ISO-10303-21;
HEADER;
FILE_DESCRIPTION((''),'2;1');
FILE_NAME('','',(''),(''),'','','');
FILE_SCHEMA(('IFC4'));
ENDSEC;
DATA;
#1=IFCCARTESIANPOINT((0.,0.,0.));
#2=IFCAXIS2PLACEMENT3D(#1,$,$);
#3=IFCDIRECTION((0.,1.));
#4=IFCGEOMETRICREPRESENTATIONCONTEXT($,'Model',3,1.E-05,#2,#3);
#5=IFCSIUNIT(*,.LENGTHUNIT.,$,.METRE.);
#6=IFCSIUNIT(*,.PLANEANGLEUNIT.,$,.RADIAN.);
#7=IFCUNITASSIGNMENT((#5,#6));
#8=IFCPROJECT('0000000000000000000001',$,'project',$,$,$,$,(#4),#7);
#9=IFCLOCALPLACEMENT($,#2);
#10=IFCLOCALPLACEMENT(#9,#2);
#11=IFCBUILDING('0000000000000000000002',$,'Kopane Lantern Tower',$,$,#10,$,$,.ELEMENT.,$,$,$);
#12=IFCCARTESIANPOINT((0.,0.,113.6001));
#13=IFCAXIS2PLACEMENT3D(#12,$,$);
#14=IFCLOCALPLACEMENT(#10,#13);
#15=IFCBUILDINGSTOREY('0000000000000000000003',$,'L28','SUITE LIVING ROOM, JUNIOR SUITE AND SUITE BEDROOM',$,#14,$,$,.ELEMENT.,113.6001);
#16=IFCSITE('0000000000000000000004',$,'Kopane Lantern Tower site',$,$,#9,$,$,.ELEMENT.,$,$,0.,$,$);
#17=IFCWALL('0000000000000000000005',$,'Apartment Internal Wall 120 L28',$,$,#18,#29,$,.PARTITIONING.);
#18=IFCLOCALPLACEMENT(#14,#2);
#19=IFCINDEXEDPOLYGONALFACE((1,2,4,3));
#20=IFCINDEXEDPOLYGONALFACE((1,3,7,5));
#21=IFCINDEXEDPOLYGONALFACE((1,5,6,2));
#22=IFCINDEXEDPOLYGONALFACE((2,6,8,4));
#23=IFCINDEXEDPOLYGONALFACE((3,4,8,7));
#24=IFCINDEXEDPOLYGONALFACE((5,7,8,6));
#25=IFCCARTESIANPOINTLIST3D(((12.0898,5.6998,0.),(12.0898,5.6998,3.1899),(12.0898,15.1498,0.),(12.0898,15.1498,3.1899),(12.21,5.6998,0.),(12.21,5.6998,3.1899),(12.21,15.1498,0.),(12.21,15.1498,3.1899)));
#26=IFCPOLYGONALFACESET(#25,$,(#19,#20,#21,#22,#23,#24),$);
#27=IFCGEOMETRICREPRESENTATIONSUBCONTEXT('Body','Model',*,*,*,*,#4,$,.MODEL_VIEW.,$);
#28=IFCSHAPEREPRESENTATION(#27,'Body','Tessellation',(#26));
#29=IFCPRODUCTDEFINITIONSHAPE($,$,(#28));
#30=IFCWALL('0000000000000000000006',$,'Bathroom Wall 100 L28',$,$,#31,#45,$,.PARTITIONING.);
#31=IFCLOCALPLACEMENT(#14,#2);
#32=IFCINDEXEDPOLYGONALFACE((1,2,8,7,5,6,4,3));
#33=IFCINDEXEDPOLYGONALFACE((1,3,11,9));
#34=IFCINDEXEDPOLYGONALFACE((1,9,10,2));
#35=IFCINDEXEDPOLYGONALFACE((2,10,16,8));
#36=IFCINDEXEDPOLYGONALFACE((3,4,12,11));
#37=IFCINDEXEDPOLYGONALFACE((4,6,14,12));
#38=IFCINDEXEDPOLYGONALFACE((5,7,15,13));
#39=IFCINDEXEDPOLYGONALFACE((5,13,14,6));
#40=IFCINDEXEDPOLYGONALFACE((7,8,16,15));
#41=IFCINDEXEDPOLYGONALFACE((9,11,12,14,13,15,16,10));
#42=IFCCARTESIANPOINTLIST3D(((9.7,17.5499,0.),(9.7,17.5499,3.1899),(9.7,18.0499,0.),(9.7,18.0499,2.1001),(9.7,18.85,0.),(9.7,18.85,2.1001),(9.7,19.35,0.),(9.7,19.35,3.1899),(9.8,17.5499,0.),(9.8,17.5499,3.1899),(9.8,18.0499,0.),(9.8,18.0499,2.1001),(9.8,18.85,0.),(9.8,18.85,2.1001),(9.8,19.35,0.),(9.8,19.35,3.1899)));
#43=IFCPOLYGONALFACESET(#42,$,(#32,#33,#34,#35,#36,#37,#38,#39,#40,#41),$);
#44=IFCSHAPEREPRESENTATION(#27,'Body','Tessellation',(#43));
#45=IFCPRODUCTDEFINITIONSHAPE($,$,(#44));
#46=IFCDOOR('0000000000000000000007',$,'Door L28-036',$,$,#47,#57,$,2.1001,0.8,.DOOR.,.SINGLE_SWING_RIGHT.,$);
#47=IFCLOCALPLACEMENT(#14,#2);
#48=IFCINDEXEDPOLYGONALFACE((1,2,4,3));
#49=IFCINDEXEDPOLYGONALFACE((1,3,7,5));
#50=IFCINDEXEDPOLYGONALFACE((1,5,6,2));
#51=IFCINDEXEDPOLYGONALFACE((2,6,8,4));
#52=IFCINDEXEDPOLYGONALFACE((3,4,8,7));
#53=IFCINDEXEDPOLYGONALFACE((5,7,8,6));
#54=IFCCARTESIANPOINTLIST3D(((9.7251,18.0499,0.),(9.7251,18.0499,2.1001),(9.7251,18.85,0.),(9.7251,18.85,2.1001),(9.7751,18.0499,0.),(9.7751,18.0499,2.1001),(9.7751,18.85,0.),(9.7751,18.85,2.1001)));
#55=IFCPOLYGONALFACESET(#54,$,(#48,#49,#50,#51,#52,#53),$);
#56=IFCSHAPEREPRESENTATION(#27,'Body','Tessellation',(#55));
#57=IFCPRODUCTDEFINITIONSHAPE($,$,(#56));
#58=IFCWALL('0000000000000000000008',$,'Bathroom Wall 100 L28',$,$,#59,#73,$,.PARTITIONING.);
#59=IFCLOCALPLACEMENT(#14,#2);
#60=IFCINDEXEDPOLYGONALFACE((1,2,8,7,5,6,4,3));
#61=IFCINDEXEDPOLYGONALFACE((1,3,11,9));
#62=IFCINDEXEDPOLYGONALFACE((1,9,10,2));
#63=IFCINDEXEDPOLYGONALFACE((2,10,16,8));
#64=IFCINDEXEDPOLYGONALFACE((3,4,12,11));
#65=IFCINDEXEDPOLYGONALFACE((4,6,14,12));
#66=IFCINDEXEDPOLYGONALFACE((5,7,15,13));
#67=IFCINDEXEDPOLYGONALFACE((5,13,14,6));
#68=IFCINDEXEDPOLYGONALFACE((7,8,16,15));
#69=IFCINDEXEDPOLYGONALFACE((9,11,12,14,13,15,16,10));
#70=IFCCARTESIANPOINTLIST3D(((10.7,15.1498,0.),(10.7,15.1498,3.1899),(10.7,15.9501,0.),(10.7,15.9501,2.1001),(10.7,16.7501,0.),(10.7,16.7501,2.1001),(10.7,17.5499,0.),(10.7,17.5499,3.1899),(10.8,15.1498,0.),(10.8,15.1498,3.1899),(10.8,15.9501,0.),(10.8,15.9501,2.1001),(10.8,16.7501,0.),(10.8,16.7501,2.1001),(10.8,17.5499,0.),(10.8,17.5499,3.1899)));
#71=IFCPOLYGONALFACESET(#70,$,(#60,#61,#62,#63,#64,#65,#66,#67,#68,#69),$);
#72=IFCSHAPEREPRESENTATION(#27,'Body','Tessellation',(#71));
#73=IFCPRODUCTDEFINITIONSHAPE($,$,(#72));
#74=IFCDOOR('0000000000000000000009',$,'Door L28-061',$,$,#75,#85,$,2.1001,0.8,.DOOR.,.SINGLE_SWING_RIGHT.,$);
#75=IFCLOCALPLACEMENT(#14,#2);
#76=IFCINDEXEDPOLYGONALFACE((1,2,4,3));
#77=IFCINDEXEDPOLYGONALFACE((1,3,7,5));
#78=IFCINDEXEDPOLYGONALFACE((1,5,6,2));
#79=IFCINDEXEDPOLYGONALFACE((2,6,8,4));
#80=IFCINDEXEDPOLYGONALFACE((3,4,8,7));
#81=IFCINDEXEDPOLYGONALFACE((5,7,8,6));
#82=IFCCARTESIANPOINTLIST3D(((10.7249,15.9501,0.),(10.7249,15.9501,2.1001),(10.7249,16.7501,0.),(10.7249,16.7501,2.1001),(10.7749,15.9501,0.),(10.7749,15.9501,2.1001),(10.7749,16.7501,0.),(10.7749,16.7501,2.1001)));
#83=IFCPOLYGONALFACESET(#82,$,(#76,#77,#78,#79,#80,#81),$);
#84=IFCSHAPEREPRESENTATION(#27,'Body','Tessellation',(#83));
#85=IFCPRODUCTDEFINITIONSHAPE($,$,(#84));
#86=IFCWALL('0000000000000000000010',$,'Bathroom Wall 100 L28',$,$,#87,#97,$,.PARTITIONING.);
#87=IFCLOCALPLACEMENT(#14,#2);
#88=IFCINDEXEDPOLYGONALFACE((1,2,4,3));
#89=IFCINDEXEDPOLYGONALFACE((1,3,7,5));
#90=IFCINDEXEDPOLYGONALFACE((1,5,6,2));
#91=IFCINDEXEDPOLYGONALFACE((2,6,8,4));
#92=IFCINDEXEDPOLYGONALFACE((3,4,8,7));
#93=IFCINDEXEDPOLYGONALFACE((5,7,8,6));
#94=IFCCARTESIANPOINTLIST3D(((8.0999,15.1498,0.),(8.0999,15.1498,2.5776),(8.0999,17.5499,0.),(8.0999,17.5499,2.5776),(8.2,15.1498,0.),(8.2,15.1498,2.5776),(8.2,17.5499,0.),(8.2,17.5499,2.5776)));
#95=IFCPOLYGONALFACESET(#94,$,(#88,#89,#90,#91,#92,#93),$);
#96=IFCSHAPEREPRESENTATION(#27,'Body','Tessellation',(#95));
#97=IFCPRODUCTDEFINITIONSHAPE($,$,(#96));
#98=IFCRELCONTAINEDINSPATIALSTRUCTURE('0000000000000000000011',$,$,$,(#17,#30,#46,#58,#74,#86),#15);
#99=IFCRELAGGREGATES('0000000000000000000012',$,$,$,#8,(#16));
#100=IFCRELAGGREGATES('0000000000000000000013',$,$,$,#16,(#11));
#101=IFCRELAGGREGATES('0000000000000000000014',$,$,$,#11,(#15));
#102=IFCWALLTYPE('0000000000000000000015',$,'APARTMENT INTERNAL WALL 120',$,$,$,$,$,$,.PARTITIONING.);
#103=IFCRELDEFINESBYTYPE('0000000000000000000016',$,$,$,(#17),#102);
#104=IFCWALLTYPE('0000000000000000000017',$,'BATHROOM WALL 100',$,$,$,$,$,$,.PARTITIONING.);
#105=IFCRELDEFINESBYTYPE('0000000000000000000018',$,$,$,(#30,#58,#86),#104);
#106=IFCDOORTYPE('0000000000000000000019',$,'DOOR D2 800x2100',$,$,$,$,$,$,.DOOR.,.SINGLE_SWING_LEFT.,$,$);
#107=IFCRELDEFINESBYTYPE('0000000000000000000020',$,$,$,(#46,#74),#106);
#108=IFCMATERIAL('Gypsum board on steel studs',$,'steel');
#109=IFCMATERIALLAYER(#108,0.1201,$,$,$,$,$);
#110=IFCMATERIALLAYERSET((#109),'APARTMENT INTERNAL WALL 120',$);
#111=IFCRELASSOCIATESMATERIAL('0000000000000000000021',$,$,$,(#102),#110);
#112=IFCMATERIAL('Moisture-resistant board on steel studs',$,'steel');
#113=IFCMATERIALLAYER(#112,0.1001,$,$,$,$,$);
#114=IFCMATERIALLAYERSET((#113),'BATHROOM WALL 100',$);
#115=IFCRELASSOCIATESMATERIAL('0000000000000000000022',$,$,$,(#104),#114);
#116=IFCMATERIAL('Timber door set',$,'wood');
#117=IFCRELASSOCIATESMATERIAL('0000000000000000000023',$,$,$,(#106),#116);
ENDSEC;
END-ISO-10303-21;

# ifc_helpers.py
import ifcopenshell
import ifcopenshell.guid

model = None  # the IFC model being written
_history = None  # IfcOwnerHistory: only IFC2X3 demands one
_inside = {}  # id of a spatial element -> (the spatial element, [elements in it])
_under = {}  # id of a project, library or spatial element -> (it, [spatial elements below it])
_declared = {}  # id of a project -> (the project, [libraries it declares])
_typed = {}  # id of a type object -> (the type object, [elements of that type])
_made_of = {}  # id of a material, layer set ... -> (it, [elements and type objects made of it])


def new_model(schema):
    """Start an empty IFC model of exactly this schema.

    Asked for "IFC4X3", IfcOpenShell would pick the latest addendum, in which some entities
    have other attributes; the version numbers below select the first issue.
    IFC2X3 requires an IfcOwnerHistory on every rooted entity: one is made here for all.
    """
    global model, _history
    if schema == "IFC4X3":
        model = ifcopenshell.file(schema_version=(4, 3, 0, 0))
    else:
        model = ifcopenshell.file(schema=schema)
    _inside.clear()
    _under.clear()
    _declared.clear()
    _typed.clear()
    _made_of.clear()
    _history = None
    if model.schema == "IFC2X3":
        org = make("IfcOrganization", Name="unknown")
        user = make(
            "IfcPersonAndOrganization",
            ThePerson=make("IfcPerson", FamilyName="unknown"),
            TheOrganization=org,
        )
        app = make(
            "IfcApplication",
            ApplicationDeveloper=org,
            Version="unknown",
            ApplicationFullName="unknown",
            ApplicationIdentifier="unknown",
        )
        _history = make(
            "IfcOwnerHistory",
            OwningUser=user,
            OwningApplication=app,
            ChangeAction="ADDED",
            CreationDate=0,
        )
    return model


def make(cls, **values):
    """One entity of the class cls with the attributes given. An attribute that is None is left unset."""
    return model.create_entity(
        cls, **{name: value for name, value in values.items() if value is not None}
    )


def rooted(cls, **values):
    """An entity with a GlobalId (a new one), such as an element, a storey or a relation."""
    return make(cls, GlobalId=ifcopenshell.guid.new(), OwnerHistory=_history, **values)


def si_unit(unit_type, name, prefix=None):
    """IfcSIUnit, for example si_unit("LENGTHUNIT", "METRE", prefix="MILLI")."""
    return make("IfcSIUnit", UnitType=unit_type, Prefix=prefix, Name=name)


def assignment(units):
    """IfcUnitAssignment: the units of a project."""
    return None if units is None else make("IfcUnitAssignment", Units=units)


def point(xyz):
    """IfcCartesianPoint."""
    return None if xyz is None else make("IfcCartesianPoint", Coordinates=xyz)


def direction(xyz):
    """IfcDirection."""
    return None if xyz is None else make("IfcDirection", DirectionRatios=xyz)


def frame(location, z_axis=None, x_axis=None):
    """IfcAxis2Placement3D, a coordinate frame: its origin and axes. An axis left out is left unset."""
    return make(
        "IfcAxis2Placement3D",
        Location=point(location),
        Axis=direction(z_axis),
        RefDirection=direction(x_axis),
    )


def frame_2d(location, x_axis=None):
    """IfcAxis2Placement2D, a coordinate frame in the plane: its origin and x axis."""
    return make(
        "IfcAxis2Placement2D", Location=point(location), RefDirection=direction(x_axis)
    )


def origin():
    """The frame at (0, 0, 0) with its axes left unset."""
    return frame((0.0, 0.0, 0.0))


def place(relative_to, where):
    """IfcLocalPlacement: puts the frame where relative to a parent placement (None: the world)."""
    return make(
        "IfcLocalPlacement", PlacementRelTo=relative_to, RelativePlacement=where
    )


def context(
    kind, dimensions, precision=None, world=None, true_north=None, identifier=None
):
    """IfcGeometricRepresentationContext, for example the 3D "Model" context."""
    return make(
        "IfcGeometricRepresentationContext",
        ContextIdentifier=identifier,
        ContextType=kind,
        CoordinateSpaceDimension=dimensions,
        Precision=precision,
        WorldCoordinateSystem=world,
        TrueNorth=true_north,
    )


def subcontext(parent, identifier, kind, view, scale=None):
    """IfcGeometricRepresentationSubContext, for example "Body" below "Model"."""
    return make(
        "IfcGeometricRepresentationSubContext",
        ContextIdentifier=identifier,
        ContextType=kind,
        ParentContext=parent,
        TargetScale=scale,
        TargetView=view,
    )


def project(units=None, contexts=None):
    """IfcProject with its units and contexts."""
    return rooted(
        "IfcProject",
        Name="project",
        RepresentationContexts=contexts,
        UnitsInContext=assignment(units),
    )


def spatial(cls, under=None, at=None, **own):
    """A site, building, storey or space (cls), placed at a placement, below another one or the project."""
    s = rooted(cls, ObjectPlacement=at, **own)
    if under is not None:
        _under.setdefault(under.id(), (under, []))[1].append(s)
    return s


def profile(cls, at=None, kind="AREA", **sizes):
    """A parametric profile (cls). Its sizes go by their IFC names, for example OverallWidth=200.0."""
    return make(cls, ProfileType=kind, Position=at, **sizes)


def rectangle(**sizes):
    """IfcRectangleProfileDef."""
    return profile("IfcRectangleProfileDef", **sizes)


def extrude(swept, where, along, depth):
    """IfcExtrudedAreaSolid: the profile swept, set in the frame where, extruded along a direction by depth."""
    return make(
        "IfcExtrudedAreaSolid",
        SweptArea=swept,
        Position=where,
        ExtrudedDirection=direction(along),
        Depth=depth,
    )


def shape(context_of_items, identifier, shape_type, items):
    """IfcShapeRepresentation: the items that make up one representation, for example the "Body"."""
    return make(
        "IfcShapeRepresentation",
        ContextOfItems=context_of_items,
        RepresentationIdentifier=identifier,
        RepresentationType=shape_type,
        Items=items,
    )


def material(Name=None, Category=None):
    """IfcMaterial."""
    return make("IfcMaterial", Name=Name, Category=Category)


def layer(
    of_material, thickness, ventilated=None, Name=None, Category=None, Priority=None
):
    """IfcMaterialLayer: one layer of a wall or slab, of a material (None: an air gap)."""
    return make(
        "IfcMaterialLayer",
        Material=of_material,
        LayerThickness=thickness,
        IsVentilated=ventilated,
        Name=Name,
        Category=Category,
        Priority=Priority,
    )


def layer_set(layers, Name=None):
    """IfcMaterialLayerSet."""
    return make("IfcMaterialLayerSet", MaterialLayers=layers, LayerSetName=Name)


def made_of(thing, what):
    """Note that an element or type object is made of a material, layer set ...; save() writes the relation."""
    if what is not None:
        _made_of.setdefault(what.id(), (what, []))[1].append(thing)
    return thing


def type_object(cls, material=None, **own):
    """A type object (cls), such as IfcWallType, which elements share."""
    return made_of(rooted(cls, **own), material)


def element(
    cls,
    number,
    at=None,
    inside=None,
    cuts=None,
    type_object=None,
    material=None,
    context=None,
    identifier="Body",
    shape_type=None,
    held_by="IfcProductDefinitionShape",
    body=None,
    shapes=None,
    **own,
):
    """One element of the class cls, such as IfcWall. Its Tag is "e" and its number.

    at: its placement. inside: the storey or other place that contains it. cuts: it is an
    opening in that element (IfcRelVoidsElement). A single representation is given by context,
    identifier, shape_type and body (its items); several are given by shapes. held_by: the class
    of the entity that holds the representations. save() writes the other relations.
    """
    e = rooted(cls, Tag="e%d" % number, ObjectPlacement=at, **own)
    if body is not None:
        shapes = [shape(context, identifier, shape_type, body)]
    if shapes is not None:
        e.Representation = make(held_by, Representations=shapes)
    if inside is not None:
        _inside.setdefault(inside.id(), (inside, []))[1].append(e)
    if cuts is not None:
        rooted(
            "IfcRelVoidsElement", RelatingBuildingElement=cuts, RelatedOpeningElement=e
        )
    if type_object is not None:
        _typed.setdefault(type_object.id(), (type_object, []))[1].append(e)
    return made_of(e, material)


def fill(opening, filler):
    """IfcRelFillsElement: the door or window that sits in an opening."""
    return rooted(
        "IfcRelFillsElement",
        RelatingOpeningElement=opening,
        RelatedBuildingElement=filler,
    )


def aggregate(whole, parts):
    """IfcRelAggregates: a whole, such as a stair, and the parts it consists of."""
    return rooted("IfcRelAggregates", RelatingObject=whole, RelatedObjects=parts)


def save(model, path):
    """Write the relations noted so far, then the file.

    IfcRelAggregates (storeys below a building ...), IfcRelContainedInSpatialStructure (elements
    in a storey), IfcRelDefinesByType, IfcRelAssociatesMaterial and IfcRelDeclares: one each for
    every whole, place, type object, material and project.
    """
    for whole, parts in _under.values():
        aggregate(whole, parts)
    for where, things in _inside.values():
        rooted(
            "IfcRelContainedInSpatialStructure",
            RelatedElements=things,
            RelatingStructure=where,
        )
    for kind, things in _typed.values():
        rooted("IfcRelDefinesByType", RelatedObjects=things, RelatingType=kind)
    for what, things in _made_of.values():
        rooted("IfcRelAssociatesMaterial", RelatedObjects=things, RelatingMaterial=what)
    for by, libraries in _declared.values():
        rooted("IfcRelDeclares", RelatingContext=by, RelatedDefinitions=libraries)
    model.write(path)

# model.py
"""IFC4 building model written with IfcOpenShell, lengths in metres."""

from ifc_helpers import new_model, si_unit, direction, frame, frame_2d, origin, place, context, subcontext, project, spatial, rectangle, extrude, material, layer, layer_set, type_object, element, fill, save


model = new_model("IFC4")

# Units and contexts
model_context = context("Model", 3, precision=1e-05, world=origin(), true_north=direction((0.0, 1.0)))
body_context = subcontext(model_context, "Body", "Model", "MODEL_VIEW")
ifc_project = project(units=[si_unit("LENGTHUNIT", "METRE"), si_unit("PLANEANGLEUNIT", "RADIAN")], contexts=[model_context])

# Site, building, storey
site_placement = place(None, origin())
site = spatial("IfcSite", under=ifc_project, at=site_placement, Name="Kopane Lantern Tower site", CompositionType="ELEMENT", RefElevation=0.0)
building_placement = place(site_placement, origin())
building = spatial("IfcBuilding", under=site, at=building_placement, Name="Kopane Lantern Tower", CompositionType="ELEMENT")
storey_placement = place(building_placement, frame((0.0, 0.0, 113.6001)))
storey = spatial("IfcBuildingStorey", under=building, at=storey_placement, Name="L28", Description="SUITE LIVING ROOM, JUNIOR SUITE AND SUITE BEDROOM", CompositionType="ELEMENT", Elevation=113.6001)

# Wall
ifc_material_1 = material(Name="Gypsum board on steel studs", Category="steel")
ifc_layer_1 = layer(ifc_material_1, 0.1201)
ifc_layer_set_1 = layer_set([ifc_layer_1], Name="APARTMENT INTERNAL WALL 120")
wall_type_1 = type_object("IfcWallType", Name="APARTMENT INTERNAL WALL 120", PredefinedType="PARTITIONING", material=ifc_layer_set_1)
wall_1_placement = place(storey_placement, frame((12.1499, 15.1499, 0.0), z_axis=(0.0, 0.0, 1.0), x_axis=(0.0, -1.0, 0.0)))
element("IfcWall", 1, at=wall_1_placement, inside=storey, type_object=wall_type_1, Name="Apartment Internal Wall 120 L28", PredefinedType="PARTITIONING", context=body_context, shape_type="SweptSolid", body=[
    extrude(rectangle(XDim=9.45, YDim=0.1201, at=frame_2d((4.7251, 0.0))), origin(), (0.0, 0.0, 1.0), 3.1899),
])

# Walls, openings, doors
ifc_material_2 = material(Name="Moisture-resistant board on steel studs", Category="steel")
ifc_layer_2 = layer(ifc_material_2, 0.1001)
ifc_layer_set_2 = layer_set([ifc_layer_2], Name="BATHROOM WALL 100")
wall_type_2 = type_object("IfcWallType", Name="BATHROOM WALL 100", PredefinedType="PARTITIONING", material=ifc_layer_set_2)
wall_2_placement = place(storey_placement, frame((9.75, 17.55, 0.0), z_axis=(0.0, 0.0, 1.0), x_axis=(0.0, 1.0, 0.0)))
wall_2 = element("IfcWall", 2, at=wall_2_placement, inside=storey, type_object=wall_type_2, Name="Bathroom Wall 100 L28", PredefinedType="PARTITIONING", context=body_context, shape_type="SweptSolid", body=[
    extrude(rectangle(XDim=1.8, YDim=0.1001, at=frame_2d((0.8999, 0.0))), origin(), (0.0, 0.0, 1.0), 3.1899),
])
opening_1_placement = place(wall_2_placement, frame((0.5, 0.0, 0.0)))
opening_1 = element("IfcOpeningElement", 3, at=opening_1_placement, cuts=wall_2, PredefinedType="OPENING", context=body_context, shape_type="SweptSolid", body=[
    extrude(rectangle(XDim=0.8, YDim=2.1001, at=frame_2d((0.3999, 1.05))), frame((0.0, 0.0601, 0.0), z_axis=(0.0, -1.0, 0.0), x_axis=(1.0, 0.0, 0.0)), (0.0, 0.0, 1.0), 0.1201),
])
ifc_material_3 = material(Name="Timber door set", Category="wood")
door_type_1 = type_object("IfcDoorType", Name="DOOR D2 800x2100", OperationType="SINGLE_SWING_LEFT", PredefinedType="DOOR", material=ifc_material_3)
door_1_placement = place(opening_1_placement, origin())
door_1 = element("IfcDoor", 4, at=door_1_placement, inside=storey, type_object=door_type_1, Name="Door L28-036", OperationType="SINGLE_SWING_RIGHT", OverallHeight=2.1001, OverallWidth=0.8, PredefinedType="DOOR", context=body_context, shape_type="SweptSolid", body=[
    extrude(rectangle(XDim=0.8, YDim=2.1001, at=frame_2d((0.3999, 1.05))), frame((0.0, 0.0249, 0.0), z_axis=(0.0, -1.0, 0.0), x_axis=(1.0, 0.0, 0.0)), (0.0, 0.0, 1.0), 0.05),
])
fill(opening_1, door_1)
wall_3_placement = place(storey_placement, frame((10.75, 17.55, 0.0), z_axis=(0.0, 0.0, 1.0), x_axis=(0.0, -1.0, 0.0)))
wall_3 = element("IfcWall", 5, at=wall_3_placement, inside=storey, type_object=wall_type_2, Name="Bathroom Wall 100 L28", PredefinedType="PARTITIONING", context=body_context, shape_type="SweptSolid", body=[
    extrude(rectangle(XDim=2.4001, YDim=0.1001, at=frame_2d((1.2002, 0.0))), origin(), (0.0, 0.0, 1.0), 3.1899),
])
opening_2_placement = place(wall_3_placement, frame((0.8, 0.0, 0.0)))
opening_2 = element("IfcOpeningElement", 6, at=opening_2_placement, cuts=wall_3, PredefinedType="OPENING", context=body_context, shape_type="SweptSolid", body=[
    extrude(rectangle(XDim=0.8, YDim=2.1001, at=frame_2d((0.3999, 1.05))), frame((0.0, 0.0601, 0.0), z_axis=(0.0, -1.0, 0.0), x_axis=(1.0, 0.0, 0.0)), (0.0, 0.0, 1.0), 0.1201),
])
door_2_placement = place(opening_2_placement, origin())
door_2 = element("IfcDoor", 7, at=door_2_placement, inside=storey, type_object=door_type_1, Name="Door L28-061", OperationType="SINGLE_SWING_RIGHT", OverallHeight=2.1001, OverallWidth=0.8, PredefinedType="DOOR", context=body_context, shape_type="SweptSolid", body=[
    extrude(rectangle(XDim=0.8, YDim=2.1001, at=frame_2d((0.3999, 1.05))), frame((0.0, 0.0249, 0.0), z_axis=(0.0, -1.0, 0.0), x_axis=(1.0, 0.0, 0.0)), (0.0, 0.0, 1.0), 0.05),
])
fill(opening_2, door_2)

# Wall
wall_4_placement = place(storey_placement, frame((8.1499, 17.55, 0.0), z_axis=(0.0, 0.0, 1.0), x_axis=(0.0, -1.0, 0.0)))
element("IfcWall", 8, at=wall_4_placement, inside=storey, type_object=wall_type_2, Name="Bathroom Wall 100 L28", PredefinedType="PARTITIONING", context=body_context, shape_type="SweptSolid", body=[
    extrude(rectangle(XDim=2.4001, YDim=0.1001, at=frame_2d((1.2002, 0.0))), origin(), (0.0, 0.0, 1.0), 2.5776),
])

save(model, "model.ifc")
